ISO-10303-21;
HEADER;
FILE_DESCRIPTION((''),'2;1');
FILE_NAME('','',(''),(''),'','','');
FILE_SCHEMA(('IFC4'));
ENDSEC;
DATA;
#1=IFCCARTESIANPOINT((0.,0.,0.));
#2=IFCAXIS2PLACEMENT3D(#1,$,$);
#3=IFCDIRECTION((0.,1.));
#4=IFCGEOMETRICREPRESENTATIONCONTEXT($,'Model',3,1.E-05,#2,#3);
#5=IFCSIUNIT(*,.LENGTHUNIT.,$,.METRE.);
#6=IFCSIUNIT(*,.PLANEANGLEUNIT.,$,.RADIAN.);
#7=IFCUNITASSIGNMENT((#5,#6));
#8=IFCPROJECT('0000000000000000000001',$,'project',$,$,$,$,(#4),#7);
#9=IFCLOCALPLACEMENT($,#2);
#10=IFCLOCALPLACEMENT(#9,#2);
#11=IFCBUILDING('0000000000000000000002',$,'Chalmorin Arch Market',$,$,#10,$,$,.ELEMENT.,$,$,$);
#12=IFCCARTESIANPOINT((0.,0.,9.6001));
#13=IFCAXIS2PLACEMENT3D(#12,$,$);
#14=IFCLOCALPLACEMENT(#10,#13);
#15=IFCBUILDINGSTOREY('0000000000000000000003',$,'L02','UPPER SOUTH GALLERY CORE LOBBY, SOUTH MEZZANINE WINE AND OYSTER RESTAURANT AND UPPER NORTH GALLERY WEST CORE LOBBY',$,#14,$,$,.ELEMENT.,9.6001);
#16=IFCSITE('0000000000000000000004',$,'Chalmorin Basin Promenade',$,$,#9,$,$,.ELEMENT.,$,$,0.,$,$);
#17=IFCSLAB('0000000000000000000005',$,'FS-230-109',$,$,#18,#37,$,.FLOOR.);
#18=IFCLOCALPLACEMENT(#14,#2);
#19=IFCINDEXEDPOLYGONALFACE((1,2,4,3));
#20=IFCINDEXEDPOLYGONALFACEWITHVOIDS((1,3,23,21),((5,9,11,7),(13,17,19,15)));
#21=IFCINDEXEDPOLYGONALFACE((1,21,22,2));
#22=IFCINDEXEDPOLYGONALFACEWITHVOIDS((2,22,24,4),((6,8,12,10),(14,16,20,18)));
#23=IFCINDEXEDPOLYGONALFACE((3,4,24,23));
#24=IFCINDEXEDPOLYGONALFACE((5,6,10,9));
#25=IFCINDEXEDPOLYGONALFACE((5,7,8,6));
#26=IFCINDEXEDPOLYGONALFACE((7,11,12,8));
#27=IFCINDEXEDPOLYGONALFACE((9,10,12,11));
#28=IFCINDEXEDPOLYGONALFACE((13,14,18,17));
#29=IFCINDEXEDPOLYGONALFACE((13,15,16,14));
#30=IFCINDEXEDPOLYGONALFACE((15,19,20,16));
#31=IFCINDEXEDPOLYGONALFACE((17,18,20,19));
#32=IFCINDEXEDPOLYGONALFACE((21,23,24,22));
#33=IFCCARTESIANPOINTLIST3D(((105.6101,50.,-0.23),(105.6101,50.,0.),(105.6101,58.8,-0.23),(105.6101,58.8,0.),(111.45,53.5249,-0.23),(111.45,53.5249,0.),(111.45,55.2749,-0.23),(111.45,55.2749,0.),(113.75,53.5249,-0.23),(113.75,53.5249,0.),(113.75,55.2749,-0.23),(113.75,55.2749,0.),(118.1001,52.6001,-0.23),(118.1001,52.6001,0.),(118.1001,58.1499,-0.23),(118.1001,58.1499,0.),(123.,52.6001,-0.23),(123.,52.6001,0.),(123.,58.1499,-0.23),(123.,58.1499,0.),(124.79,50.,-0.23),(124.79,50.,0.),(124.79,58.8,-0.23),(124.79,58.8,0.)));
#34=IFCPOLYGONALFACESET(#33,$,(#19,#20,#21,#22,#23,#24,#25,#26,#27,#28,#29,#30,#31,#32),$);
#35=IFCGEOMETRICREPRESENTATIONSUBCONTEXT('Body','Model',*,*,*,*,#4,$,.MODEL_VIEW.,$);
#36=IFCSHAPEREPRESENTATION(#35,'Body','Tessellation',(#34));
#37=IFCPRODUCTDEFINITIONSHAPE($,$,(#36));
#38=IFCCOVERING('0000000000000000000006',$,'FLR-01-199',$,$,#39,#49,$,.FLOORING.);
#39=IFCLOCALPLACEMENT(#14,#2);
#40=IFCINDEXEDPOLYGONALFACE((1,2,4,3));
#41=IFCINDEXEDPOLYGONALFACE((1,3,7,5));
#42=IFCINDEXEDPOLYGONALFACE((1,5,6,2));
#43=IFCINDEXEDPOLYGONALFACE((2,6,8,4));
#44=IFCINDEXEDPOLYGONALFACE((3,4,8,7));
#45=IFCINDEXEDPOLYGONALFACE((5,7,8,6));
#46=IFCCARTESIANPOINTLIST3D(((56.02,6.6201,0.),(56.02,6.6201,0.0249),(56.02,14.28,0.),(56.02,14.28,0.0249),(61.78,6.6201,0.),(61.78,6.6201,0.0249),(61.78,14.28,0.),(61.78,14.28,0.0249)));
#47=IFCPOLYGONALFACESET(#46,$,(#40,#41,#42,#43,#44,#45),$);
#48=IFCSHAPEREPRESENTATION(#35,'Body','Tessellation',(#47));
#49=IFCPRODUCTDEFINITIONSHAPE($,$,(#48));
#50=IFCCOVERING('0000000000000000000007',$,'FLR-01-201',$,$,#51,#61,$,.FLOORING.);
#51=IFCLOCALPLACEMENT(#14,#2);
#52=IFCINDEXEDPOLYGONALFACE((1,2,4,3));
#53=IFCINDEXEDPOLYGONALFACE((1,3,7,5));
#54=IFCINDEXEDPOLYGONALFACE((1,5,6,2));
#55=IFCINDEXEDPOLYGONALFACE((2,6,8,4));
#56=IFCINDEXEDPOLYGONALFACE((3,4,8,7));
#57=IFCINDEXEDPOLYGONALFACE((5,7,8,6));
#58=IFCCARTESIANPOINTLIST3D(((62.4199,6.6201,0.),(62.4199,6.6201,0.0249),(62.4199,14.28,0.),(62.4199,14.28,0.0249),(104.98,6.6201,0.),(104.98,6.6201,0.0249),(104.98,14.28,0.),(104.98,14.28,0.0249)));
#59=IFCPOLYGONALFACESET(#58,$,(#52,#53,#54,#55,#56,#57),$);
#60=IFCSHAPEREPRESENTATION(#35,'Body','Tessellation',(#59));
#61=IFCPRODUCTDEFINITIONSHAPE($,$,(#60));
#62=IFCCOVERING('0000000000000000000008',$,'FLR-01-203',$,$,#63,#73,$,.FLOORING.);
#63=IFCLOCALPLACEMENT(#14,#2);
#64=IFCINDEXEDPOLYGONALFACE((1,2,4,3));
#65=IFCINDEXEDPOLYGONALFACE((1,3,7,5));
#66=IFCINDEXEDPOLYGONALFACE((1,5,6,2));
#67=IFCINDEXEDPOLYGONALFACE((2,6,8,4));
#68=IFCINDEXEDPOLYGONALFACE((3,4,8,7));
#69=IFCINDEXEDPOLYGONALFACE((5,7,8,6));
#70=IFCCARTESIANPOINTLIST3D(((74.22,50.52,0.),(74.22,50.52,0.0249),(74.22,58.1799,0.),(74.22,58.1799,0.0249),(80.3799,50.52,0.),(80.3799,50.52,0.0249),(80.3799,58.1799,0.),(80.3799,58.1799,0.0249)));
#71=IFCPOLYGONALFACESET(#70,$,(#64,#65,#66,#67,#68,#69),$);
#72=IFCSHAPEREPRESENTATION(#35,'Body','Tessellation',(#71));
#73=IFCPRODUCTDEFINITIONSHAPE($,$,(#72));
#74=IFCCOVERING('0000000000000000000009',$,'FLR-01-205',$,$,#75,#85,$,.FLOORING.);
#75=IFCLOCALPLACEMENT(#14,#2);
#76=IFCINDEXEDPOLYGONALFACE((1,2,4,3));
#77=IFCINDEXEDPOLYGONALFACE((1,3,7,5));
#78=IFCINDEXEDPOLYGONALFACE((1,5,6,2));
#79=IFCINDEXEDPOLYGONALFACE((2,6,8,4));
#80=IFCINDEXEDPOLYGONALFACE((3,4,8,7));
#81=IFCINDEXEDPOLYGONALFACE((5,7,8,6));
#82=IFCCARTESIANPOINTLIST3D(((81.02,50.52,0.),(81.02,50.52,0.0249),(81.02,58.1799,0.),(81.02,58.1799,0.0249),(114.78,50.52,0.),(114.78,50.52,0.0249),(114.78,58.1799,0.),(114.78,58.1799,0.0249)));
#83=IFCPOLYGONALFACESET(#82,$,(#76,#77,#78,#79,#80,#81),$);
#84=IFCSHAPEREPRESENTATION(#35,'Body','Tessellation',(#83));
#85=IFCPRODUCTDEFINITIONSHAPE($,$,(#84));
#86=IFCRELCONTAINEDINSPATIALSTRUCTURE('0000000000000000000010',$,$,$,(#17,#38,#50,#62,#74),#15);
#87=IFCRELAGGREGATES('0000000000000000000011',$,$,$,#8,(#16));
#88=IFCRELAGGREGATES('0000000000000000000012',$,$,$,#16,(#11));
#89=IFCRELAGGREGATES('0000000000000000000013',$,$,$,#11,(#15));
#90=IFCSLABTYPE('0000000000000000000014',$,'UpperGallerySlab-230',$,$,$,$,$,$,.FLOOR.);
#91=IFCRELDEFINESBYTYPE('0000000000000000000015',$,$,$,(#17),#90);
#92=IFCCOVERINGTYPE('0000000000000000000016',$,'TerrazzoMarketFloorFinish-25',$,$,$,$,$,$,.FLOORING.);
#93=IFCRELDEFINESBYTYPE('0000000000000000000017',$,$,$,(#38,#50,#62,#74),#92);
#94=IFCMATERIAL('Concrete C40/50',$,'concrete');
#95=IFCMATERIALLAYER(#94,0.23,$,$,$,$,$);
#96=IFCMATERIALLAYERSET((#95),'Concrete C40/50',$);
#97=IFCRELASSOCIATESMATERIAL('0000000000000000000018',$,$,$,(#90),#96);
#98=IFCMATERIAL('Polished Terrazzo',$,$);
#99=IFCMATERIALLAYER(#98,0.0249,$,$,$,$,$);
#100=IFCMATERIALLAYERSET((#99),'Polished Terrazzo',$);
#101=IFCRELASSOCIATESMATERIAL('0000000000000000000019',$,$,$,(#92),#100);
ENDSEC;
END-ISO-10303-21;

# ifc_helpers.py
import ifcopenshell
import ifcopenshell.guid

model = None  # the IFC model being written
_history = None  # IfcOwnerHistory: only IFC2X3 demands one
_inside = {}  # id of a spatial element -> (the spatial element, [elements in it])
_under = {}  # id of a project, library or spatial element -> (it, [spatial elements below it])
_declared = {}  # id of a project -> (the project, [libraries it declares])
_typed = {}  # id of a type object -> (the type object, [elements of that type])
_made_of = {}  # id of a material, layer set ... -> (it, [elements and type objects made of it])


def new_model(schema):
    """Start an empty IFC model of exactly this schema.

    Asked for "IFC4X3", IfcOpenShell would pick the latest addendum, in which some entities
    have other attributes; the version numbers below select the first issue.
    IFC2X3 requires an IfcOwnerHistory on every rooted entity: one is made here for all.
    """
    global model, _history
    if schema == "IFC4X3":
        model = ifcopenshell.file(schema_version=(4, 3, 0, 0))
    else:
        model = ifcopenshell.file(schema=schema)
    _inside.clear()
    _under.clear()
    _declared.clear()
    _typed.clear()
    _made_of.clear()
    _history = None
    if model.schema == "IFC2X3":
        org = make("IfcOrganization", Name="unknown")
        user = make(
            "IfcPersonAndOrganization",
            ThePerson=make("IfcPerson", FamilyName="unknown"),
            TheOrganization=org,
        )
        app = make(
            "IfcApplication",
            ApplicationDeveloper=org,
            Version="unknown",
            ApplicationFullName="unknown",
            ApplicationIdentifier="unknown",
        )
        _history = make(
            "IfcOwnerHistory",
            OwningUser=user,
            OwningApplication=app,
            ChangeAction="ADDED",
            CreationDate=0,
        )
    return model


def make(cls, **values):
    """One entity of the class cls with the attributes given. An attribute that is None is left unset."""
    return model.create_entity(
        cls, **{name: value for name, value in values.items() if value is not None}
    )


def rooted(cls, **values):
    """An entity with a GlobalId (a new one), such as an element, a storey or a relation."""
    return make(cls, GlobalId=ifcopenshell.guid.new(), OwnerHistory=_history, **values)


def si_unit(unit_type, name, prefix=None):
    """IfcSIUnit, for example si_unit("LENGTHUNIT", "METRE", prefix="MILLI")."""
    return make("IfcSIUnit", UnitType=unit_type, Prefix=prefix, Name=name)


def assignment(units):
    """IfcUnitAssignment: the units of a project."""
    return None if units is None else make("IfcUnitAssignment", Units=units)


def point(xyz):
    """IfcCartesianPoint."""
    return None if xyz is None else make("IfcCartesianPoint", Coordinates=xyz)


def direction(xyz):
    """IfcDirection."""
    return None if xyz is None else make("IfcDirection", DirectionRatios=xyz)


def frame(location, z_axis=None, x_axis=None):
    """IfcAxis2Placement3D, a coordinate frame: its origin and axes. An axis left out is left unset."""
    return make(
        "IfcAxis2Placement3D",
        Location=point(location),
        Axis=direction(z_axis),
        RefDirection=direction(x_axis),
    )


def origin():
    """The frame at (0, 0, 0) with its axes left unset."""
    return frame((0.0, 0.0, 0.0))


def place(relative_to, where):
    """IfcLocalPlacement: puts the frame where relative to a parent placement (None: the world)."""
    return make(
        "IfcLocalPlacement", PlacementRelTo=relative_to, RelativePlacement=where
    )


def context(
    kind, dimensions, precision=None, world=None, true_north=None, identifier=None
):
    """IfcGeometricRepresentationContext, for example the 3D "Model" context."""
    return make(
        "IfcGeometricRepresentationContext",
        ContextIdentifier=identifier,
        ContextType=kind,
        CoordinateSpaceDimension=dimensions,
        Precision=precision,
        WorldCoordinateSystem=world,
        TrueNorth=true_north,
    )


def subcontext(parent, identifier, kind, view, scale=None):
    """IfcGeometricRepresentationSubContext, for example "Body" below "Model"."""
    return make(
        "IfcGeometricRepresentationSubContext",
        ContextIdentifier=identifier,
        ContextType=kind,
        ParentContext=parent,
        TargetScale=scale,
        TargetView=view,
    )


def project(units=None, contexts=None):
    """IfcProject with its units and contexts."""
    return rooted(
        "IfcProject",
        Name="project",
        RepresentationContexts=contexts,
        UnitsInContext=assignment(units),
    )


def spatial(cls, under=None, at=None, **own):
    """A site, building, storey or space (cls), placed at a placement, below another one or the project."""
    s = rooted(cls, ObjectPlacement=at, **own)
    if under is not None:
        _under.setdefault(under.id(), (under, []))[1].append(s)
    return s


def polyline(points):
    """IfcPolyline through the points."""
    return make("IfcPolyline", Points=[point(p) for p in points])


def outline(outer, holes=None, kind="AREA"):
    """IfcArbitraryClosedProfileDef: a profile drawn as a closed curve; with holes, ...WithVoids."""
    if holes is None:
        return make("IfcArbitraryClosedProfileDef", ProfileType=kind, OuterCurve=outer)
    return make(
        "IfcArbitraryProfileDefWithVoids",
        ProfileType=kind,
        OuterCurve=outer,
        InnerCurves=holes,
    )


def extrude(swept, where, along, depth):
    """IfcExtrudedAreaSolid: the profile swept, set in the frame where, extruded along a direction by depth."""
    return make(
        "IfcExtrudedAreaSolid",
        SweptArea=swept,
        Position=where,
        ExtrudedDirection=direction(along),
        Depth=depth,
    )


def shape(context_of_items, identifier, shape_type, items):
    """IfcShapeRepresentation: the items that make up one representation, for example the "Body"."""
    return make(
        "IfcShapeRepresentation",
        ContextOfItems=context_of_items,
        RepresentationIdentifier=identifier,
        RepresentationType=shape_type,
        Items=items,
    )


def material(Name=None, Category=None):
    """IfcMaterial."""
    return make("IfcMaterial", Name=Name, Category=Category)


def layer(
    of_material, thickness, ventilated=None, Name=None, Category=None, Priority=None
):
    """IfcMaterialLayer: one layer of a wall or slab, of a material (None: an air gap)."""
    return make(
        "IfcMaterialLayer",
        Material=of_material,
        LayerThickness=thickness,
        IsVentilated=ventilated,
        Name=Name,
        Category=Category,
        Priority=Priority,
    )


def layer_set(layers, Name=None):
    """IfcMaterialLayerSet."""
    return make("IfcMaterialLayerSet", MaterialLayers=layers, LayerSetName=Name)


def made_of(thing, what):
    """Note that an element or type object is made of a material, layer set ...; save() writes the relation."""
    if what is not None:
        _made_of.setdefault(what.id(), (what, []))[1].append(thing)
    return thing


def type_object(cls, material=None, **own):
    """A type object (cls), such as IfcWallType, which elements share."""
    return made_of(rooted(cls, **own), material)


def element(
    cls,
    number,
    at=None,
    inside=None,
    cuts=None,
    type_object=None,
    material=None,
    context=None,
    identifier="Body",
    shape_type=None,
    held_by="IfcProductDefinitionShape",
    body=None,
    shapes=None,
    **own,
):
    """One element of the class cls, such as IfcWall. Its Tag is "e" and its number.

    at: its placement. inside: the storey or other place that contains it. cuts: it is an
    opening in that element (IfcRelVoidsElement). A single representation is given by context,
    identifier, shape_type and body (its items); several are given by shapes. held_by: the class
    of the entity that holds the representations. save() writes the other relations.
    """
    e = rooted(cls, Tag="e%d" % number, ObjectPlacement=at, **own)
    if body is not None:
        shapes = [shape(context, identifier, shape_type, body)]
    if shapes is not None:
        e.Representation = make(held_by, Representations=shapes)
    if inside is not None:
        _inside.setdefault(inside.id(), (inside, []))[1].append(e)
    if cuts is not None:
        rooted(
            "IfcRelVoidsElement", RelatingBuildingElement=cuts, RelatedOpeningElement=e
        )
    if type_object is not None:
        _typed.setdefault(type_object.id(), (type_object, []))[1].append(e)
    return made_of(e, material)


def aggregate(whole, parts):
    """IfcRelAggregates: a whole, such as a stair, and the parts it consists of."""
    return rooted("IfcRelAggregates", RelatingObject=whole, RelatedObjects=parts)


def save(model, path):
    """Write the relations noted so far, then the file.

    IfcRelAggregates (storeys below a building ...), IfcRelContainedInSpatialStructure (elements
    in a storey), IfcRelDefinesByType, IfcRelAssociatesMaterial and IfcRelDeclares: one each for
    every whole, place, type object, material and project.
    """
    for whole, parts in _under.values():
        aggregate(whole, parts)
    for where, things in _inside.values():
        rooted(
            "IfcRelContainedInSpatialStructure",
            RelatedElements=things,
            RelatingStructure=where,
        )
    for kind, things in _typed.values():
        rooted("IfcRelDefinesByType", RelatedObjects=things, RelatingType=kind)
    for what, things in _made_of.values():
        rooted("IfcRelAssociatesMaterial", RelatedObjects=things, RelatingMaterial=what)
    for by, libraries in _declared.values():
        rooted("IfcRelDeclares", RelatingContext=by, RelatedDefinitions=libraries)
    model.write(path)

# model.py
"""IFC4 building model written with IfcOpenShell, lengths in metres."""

from ifc_helpers import new_model, si_unit, direction, frame, origin, place, context, subcontext, project, spatial, polyline, outline, extrude, material, layer, layer_set, type_object, element, save


model = new_model("IFC4")

# Units and contexts
model_context = context("Model", 3, precision=1e-05, world=origin(), true_north=direction((0.0, 1.0)))
body_context = subcontext(model_context, "Body", "Model", "MODEL_VIEW")
ifc_project = project(units=[si_unit("LENGTHUNIT", "METRE"), si_unit("PLANEANGLEUNIT", "RADIAN")], contexts=[model_context])

# Site, building, storey
site_placement = place(None, origin())
site = spatial("IfcSite", under=ifc_project, at=site_placement, Name="Chalmorin Basin Promenade", CompositionType="ELEMENT", RefElevation=0.0)
building_placement = place(site_placement, origin())
building = spatial("IfcBuilding", under=site, at=building_placement, Name="Chalmorin Arch Market", CompositionType="ELEMENT")
storey_placement = place(building_placement, frame((0.0, 0.0, 9.6001)))
storey = spatial("IfcBuildingStorey", under=building, at=storey_placement, Name="L02", Description="UPPER SOUTH GALLERY CORE LOBBY, SOUTH MEZZANINE WINE AND OYSTER RESTAURANT AND UPPER NORTH GALLERY WEST CORE LOBBY", CompositionType="ELEMENT", Elevation=9.6001)

# Slab
ifc_material_1 = material(Name="Concrete C40/50", Category="concrete")
ifc_layer_1 = layer(ifc_material_1, 0.23)
ifc_layer_set_1 = layer_set([ifc_layer_1], Name="Concrete C40/50")
slab_type_1 = type_object("IfcSlabType", Name="UpperGallerySlab-230", PredefinedType="FLOOR", material=ifc_layer_set_1)
slab_1_placement = place(storey_placement, frame((0.0, 0.0, -0.23)))
element("IfcSlab", 1, at=slab_1_placement, inside=storey, type_object=slab_type_1, Name="FS-230-109", PredefinedType="FLOOR", context=body_context, shape_type="SweptSolid", body=[
    extrude(outline(polyline([(105.6101, 50.0), (124.79, 50.0), (124.79, 58.8), (105.6101, 58.8), (105.6101, 50.0)]), holes=[polyline([(118.1001, 52.6001), (123.0, 52.6001), (123.0, 58.1499), (118.1001, 58.1499), (118.1001, 52.6001)]), polyline([(111.45, 53.5249), (113.75, 53.5249), (113.75, 55.2749), (111.45, 55.2749), (111.45, 53.5249)])]), origin(), (0.0, 0.0, 1.0), 0.23),
])

# Coverings
ifc_material_2 = material(Name="Polished Terrazzo")
ifc_layer_2 = layer(ifc_material_2, 0.0249)
ifc_layer_set_2 = layer_set([ifc_layer_2], Name="Polished Terrazzo")
covering_type = type_object("IfcCoveringType", Name="TerrazzoMarketFloorFinish-25", PredefinedType="FLOORING", material=ifc_layer_set_2)
covering_1_placement = place(storey_placement, origin())
element("IfcCovering", 2, at=covering_1_placement, inside=storey, type_object=covering_type, Name="FLR-01-199", PredefinedType="FLOORING", context=body_context, shape_type="SweptSolid", body=[
    extrude(outline(polyline([(56.02, 6.6201), (61.78, 6.6201), (61.78, 14.28), (56.02, 14.28), (56.02, 6.6201)])), origin(), (0.0, 0.0, 1.0), 0.0249),
])
covering_2_placement = place(storey_placement, origin())
element("IfcCovering", 3, at=covering_2_placement, inside=storey, type_object=covering_type, Name="FLR-01-201", PredefinedType="FLOORING", context=body_context, shape_type="SweptSolid", body=[
    extrude(outline(polyline([(62.4199, 6.6201), (104.98, 6.6201), (104.98, 14.28), (62.4199, 14.28), (62.4199, 6.6201)])), origin(), (0.0, 0.0, 1.0), 0.0249),
])
covering_3_placement = place(storey_placement, origin())
element("IfcCovering", 4, at=covering_3_placement, inside=storey, type_object=covering_type, Name="FLR-01-203", PredefinedType="FLOORING", context=body_context, shape_type="SweptSolid", body=[
    extrude(outline(polyline([(74.22, 50.52), (80.3799, 50.52), (80.3799, 58.1799), (74.22, 58.1799), (74.22, 50.52)])), origin(), (0.0, 0.0, 1.0), 0.0249),
])
covering_4_placement = place(storey_placement, origin())
element("IfcCovering", 5, at=covering_4_placement, inside=storey, type_object=covering_type, Name="FLR-01-205", PredefinedType="FLOORING", context=body_context, shape_type="SweptSolid", body=[
    extrude(outline(polyline([(81.02, 50.52), (114.78, 50.52), (114.78, 58.1799), (81.02, 58.1799), (81.02, 50.52)])), origin(), (0.0, 0.0, 1.0), 0.0249),
])

save(model, "model.ifc")
